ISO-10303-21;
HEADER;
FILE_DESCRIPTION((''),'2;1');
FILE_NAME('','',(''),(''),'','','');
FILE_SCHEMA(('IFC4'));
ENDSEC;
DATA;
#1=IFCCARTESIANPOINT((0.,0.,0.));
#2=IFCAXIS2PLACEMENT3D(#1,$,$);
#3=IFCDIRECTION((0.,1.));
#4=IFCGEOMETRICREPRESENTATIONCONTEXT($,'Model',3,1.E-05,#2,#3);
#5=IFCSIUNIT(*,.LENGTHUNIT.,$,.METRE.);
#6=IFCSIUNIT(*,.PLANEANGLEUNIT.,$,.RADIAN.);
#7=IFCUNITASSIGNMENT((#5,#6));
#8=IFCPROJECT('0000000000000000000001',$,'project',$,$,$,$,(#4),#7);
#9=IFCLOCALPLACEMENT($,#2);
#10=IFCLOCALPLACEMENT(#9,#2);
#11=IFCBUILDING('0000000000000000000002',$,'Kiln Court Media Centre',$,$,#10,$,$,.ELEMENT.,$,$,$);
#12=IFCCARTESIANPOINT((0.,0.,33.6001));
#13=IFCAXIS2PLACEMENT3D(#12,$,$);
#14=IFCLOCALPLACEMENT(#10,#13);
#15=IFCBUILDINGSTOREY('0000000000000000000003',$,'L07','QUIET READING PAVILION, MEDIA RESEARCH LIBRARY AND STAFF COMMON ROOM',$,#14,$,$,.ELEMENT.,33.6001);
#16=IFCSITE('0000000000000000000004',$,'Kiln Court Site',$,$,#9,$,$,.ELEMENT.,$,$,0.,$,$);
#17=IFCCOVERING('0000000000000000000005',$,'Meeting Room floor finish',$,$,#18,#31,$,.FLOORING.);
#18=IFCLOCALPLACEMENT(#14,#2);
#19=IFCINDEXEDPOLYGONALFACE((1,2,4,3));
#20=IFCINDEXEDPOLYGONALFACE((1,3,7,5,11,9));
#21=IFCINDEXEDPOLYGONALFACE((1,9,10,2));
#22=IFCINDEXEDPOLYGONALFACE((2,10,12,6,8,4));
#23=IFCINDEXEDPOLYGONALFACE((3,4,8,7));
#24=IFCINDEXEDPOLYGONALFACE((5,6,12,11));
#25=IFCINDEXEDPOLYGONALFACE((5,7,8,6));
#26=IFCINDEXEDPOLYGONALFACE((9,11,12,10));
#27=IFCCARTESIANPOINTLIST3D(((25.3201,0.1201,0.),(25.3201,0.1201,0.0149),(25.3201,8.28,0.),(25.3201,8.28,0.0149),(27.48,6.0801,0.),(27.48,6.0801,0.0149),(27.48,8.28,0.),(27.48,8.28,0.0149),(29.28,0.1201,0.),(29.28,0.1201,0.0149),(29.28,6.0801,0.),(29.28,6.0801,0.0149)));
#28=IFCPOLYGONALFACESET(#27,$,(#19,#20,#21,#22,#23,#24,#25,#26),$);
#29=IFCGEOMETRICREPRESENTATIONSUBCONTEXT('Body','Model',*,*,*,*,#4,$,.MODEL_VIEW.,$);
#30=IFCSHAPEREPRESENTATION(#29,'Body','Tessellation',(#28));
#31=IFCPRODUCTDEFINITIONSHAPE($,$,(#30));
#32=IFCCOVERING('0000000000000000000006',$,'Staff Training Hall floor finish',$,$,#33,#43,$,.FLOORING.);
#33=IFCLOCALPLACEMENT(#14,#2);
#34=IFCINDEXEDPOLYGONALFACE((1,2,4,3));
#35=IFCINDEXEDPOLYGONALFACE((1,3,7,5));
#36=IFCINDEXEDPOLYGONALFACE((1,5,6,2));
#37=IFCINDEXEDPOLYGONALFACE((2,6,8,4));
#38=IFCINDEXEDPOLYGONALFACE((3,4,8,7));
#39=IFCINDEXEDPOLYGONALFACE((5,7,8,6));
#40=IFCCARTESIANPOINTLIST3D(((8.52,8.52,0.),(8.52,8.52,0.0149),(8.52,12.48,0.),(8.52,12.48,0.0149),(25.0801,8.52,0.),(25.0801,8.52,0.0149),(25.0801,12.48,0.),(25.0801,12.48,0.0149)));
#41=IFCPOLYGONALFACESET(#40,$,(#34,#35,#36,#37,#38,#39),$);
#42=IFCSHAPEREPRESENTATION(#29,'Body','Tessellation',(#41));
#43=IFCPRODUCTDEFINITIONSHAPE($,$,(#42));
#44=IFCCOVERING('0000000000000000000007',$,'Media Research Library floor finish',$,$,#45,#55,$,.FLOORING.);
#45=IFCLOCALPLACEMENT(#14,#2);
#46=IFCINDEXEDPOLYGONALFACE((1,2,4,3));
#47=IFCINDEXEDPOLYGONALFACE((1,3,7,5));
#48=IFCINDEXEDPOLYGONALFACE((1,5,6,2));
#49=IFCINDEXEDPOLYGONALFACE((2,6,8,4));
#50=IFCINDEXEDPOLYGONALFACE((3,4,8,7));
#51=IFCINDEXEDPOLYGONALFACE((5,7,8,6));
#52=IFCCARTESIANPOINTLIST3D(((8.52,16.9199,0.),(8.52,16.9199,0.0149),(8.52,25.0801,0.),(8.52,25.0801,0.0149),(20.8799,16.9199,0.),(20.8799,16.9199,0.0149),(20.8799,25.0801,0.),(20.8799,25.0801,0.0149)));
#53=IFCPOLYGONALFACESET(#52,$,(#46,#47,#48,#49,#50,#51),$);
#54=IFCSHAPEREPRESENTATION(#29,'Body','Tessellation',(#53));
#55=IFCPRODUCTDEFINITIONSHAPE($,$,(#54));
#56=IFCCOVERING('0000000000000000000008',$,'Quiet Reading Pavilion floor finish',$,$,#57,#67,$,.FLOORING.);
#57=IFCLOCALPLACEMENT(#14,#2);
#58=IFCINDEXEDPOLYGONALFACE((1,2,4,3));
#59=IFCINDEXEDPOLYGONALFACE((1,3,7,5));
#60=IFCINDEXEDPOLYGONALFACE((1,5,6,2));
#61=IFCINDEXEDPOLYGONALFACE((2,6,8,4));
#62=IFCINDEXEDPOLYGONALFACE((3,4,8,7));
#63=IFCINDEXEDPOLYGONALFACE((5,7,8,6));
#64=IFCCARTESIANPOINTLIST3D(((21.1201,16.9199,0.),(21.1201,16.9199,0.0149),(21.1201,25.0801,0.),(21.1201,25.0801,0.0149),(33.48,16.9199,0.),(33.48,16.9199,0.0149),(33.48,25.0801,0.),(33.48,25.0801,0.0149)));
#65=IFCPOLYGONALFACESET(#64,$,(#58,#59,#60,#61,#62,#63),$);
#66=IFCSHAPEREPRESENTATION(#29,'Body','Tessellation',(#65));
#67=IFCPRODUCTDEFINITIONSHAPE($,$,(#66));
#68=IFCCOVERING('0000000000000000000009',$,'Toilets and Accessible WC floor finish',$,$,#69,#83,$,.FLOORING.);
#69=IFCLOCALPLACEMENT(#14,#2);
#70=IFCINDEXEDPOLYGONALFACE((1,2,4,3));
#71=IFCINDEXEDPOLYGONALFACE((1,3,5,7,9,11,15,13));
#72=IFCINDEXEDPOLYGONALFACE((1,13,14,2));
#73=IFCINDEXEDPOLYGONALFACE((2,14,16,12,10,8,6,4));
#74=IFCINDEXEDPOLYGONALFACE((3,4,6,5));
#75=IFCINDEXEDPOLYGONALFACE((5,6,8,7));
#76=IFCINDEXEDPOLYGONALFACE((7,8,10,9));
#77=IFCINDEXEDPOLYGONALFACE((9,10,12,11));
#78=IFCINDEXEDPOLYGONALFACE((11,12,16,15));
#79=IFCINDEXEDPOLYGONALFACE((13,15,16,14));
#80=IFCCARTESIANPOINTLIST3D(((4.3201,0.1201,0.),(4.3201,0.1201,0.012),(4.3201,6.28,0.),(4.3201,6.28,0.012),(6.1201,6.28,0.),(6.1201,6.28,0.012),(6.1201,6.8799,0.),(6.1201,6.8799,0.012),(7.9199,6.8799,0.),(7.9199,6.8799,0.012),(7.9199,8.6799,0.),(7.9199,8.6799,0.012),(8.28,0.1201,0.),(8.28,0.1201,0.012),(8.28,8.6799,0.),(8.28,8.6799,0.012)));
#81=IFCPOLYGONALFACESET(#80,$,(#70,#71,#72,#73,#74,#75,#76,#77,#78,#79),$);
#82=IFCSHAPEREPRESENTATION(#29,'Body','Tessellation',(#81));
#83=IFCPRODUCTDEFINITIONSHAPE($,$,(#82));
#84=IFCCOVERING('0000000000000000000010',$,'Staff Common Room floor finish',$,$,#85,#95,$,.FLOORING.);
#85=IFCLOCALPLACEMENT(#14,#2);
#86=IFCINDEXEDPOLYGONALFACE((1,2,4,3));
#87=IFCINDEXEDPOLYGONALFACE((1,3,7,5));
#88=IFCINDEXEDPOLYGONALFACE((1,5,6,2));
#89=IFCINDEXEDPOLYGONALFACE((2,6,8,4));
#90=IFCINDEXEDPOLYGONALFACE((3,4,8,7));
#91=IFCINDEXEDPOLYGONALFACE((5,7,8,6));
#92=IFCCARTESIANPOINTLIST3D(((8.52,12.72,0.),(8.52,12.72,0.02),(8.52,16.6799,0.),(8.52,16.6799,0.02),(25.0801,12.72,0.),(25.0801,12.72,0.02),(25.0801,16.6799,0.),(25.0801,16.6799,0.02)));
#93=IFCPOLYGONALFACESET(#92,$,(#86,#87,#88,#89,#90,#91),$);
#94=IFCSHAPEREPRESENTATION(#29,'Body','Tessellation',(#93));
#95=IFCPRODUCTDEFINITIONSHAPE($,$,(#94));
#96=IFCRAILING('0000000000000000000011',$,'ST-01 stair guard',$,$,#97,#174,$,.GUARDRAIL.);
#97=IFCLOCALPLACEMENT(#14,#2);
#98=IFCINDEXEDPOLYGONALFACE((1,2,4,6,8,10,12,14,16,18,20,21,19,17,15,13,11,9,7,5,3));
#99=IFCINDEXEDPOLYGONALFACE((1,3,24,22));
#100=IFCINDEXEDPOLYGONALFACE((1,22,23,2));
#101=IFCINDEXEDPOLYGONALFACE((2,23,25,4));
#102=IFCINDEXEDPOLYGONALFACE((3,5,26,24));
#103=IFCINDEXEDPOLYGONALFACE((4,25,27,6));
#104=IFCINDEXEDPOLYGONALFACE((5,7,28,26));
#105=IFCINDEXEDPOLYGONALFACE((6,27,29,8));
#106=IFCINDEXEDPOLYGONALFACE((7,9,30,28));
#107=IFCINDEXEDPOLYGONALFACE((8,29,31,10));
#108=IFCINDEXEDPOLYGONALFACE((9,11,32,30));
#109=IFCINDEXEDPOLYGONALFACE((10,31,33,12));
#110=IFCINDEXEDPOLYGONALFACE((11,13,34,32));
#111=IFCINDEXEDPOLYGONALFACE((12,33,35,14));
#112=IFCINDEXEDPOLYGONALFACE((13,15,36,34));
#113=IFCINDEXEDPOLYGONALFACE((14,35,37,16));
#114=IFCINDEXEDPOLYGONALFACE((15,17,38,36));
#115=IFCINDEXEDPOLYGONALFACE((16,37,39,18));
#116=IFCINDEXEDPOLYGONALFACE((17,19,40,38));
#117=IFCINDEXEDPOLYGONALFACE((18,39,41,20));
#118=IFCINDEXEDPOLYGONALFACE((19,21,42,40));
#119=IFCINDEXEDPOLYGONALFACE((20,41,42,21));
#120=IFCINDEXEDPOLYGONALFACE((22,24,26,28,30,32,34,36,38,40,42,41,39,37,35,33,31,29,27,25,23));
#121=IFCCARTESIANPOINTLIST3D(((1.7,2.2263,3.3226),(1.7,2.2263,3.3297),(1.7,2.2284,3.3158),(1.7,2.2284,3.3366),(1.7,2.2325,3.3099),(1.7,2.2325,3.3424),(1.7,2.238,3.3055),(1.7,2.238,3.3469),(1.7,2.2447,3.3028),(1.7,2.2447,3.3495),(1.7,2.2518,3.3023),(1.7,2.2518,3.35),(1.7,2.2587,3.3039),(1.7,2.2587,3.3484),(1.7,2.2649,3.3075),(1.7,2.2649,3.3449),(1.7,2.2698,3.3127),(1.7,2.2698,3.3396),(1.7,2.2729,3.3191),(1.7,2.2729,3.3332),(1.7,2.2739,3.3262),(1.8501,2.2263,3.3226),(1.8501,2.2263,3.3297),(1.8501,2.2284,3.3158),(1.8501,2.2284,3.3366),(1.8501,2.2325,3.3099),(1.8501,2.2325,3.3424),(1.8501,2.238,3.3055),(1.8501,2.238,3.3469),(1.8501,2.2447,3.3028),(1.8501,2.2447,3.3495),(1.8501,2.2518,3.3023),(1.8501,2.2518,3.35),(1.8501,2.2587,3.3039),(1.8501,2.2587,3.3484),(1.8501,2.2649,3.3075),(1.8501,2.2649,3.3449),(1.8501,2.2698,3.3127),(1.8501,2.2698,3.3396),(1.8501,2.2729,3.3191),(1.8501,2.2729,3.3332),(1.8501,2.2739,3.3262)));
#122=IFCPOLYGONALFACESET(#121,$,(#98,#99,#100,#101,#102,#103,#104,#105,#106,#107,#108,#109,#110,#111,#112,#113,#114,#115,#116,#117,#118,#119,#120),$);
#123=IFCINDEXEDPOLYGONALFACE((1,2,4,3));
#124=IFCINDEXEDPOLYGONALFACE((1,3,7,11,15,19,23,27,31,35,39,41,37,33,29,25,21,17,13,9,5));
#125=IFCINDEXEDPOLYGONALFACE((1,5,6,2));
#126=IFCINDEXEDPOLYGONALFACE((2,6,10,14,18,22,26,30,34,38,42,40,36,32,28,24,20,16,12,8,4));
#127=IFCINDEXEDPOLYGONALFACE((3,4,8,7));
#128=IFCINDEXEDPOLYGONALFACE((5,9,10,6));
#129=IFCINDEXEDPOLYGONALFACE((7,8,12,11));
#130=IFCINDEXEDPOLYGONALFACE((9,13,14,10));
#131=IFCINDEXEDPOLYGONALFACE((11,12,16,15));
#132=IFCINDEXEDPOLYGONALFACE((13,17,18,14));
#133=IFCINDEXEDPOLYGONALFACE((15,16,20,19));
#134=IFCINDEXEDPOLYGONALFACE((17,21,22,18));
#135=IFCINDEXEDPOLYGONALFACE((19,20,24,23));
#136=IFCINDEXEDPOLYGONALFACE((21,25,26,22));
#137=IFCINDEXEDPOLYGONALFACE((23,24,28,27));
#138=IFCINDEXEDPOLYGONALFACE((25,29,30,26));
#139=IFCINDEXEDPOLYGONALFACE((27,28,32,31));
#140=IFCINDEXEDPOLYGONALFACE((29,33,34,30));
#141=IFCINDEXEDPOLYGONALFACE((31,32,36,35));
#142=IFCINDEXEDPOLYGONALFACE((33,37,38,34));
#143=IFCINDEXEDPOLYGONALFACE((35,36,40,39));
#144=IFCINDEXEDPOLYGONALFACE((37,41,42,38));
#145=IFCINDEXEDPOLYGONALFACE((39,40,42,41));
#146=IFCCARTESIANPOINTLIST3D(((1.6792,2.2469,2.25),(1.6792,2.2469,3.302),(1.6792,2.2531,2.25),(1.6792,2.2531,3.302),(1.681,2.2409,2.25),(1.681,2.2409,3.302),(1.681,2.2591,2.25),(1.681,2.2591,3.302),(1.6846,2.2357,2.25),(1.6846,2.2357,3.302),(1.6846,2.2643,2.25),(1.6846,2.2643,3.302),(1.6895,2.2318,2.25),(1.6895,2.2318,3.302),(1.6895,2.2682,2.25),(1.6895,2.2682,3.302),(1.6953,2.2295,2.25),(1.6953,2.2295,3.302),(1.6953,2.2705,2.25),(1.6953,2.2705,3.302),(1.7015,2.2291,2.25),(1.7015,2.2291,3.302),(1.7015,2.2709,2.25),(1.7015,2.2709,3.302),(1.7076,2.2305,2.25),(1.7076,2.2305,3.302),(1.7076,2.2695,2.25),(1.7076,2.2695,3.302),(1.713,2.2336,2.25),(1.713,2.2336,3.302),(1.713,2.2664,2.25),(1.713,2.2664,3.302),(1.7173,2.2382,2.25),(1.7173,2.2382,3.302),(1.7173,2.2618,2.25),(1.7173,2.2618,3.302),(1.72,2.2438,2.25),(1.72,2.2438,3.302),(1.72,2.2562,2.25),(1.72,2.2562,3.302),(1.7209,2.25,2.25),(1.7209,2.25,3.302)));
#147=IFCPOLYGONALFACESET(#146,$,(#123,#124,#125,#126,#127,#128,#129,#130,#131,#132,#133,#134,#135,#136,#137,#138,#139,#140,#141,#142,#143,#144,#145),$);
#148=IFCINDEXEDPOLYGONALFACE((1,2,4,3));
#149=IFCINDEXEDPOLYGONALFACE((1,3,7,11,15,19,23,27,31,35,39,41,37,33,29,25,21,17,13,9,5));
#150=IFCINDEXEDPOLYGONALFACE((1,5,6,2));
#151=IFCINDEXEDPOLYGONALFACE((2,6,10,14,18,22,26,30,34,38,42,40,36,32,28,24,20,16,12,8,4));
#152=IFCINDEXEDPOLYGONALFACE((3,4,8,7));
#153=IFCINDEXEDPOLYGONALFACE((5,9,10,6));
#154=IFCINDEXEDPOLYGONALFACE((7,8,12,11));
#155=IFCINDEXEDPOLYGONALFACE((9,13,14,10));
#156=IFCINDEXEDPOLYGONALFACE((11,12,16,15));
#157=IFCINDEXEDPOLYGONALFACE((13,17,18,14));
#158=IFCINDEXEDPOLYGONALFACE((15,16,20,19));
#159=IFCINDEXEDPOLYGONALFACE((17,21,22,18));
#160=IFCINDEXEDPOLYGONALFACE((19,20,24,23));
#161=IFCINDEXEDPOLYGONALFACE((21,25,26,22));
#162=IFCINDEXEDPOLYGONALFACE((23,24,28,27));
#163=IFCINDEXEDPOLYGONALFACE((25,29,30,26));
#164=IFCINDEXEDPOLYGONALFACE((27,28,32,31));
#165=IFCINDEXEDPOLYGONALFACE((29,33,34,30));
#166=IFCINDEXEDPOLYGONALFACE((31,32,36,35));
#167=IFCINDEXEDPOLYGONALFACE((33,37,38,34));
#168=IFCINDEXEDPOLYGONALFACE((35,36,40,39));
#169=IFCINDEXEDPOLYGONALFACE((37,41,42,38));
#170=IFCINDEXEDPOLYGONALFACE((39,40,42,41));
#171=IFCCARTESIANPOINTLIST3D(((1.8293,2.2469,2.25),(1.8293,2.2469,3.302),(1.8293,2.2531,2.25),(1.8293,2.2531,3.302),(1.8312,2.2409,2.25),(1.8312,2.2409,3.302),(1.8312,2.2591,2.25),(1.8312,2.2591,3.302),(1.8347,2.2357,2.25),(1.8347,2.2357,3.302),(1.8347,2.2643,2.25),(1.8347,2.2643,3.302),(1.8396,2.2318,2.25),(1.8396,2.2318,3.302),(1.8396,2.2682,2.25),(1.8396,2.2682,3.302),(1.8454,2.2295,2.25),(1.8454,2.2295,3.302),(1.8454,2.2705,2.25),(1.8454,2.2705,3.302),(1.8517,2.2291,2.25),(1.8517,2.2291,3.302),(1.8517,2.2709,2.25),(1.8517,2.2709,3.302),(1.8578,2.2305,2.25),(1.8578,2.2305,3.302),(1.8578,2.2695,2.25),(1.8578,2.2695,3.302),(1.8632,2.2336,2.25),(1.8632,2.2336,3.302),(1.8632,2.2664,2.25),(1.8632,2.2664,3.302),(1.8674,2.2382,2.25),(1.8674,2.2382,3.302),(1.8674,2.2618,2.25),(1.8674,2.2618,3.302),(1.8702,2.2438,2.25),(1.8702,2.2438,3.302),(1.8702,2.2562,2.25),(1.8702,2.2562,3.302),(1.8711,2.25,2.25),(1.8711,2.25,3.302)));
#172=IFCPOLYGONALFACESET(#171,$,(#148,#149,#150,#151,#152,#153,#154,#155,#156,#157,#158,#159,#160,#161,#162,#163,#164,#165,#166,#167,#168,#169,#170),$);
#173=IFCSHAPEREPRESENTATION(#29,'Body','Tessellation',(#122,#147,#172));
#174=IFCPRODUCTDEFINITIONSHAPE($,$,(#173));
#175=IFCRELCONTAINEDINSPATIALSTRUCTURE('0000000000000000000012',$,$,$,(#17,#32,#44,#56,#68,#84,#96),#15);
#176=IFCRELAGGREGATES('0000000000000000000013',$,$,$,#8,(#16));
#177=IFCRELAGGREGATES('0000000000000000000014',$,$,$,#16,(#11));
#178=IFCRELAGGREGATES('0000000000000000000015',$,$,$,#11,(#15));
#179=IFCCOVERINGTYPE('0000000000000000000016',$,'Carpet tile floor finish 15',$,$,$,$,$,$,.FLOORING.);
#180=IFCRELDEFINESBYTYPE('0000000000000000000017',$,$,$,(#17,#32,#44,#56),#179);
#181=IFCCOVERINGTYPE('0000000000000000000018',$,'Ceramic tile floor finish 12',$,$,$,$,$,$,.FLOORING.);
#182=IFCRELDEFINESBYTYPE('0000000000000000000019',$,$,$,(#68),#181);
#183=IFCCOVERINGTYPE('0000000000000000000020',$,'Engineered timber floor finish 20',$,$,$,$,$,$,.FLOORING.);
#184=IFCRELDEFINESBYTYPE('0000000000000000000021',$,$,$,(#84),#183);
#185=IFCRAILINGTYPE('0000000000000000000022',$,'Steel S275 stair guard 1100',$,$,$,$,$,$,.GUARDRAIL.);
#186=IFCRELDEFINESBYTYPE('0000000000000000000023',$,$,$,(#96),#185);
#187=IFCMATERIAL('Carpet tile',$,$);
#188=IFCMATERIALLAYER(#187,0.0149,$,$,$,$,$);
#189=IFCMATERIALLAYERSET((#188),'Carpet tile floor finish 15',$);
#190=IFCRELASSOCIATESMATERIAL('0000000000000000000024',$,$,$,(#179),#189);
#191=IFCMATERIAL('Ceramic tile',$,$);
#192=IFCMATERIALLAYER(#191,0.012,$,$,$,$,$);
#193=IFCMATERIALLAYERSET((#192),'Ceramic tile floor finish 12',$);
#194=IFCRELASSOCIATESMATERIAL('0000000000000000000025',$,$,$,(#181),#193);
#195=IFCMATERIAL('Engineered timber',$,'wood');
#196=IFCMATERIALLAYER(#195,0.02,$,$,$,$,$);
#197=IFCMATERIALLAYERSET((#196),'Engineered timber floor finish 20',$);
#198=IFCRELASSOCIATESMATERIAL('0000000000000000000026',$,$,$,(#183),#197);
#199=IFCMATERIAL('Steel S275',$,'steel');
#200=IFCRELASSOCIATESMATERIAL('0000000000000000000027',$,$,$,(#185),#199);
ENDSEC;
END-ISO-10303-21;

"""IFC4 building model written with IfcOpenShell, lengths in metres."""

from ifc_helpers import new_model, si_unit, direction, frame, origin, origin_2d, place, context, subcontext, project, spatial, polyline, circle, outline, extrude, material, layer, layer_set, type_object, element, save


model = new_model("IFC4")

# Units and contexts
model_context = context("Model", 3, precision=1e-05, world=origin(), true_north=direction((0.0, 1.0)))
body_context = subcontext(model_context, "Body", "Model", "MODEL_VIEW")
ifc_project = project(units=[si_unit("LENGTHUNIT", "METRE"), si_unit("PLANEANGLEUNIT", "RADIAN")], contexts=[model_context])

# Site, building, storey
site_placement = place(None, origin())
site = spatial("IfcSite", under=ifc_project, at=site_placement, Name="Kiln Court Site", CompositionType="ELEMENT", RefElevation=0.0)
building_placement = place(site_placement, origin())
building = spatial("IfcBuilding", under=site, at=building_placement, Name="Kiln Court Media Centre", CompositionType="ELEMENT")
storey_placement = place(building_placement, frame((0.0, 0.0, 33.6001)))
storey = spatial("IfcBuildingStorey", under=building, at=storey_placement, Name="L07", Description="QUIET READING PAVILION, MEDIA RESEARCH LIBRARY AND STAFF COMMON ROOM", CompositionType="ELEMENT", Elevation=33.6001)

# Coverings
ifc_material_1 = material(Name="Carpet tile")
ifc_layer_1 = layer(ifc_material_1, 0.0149)
ifc_layer_set_1 = layer_set([ifc_layer_1], Name="Carpet tile floor finish 15")
covering_type_1 = type_object("IfcCoveringType", Name="Carpet tile floor finish 15", PredefinedType="FLOORING", material=ifc_layer_set_1)
covering_1_placement = place(storey_placement, origin())
element("IfcCovering", 1, at=covering_1_placement, inside=storey, type_object=covering_type_1, Name="Meeting Room floor finish", PredefinedType="FLOORING", context=body_context, shape_type="SweptSolid", body=[
    extrude(outline(polyline([(29.28, 0.1201), (29.28, 6.0801), (27.48, 6.0801), (27.48, 8.28), (25.3201, 8.28), (25.3201, 0.1201), (29.28, 0.1201)])), origin(), (0.0, 0.0, 1.0), 0.0149),
])
covering_2_placement = place(storey_placement, origin())
element("IfcCovering", 2, at=covering_2_placement, inside=storey, type_object=covering_type_1, Name="Staff Training Hall floor finish", PredefinedType="FLOORING", context=body_context, shape_type="SweptSolid", body=[
    extrude(outline(polyline([(8.52, 8.52), (25.0801, 8.52), (25.0801, 12.48), (8.52, 12.48), (8.52, 8.52)])), origin(), (0.0, 0.0, 1.0), 0.0149),
])
covering_3_placement = place(storey_placement, origin())
element("IfcCovering", 3, at=covering_3_placement, inside=storey, type_object=covering_type_1, Name="Media Research Library floor finish", PredefinedType="FLOORING", context=body_context, shape_type="SweptSolid", body=[
    extrude(outline(polyline([(8.52, 16.9199), (20.8799, 16.9199), (20.8799, 25.0801), (8.52, 25.0801), (8.52, 16.9199)])), origin(), (0.0, 0.0, 1.0), 0.0149),
])
covering_4_placement = place(storey_placement, origin())
element("IfcCovering", 4, at=covering_4_placement, inside=storey, type_object=covering_type_1, Name="Quiet Reading Pavilion floor finish", PredefinedType="FLOORING", context=body_context, shape_type="SweptSolid", body=[
    extrude(outline(polyline([(21.1201, 16.9199), (33.48, 16.9199), (33.48, 25.0801), (21.1201, 25.0801), (21.1201, 16.9199)])), origin(), (0.0, 0.0, 1.0), 0.0149),
])
ifc_material_2 = material(Name="Ceramic tile")
ifc_layer_2 = layer(ifc_material_2, 0.012)
ifc_layer_set_2 = layer_set([ifc_layer_2], Name="Ceramic tile floor finish 12")
covering_type_2 = type_object("IfcCoveringType", Name="Ceramic tile floor finish 12", PredefinedType="FLOORING", material=ifc_layer_set_2)
covering_5_placement = place(storey_placement, origin())
element("IfcCovering", 5, at=covering_5_placement, inside=storey, type_object=covering_type_2, Name="Toilets and Accessible WC floor finish", PredefinedType="FLOORING", context=body_context, shape_type="SweptSolid", body=[
    extrude(outline(polyline([(8.28, 8.6799), (7.9199, 8.6799), (7.9199, 6.8799), (6.1201, 6.8799), (6.1201, 6.28), (4.3201, 6.28), (4.3201, 0.1201), (8.28, 0.1201), (8.28, 8.6799)])), origin(), (0.0, 0.0, 1.0), 0.012),
])
ifc_material_3 = material(Name="Engineered timber", Category="wood")
ifc_layer_3 = layer(ifc_material_3, 0.02)
ifc_layer_set_3 = layer_set([ifc_layer_3], Name="Engineered timber floor finish 20")
covering_type_3 = type_object("IfcCoveringType", Name="Engineered timber floor finish 20", PredefinedType="FLOORING", material=ifc_layer_set_3)
covering_6_placement = place(storey_placement, origin())
element("IfcCovering", 6, at=covering_6_placement, inside=storey, type_object=covering_type_3, Name="Staff Common Room floor finish", PredefinedType="FLOORING", context=body_context, shape_type="SweptSolid", body=[
    extrude(outline(polyline([(8.52, 12.72), (25.0801, 12.72), (25.0801, 16.6799), (8.52, 16.6799), (8.52, 12.72)])), origin(), (0.0, 0.0, 1.0), 0.02),
])

# Railing
ifc_material_4 = material(Name="Steel S275", Category="steel")
railing_type_1 = type_object("IfcRailingType", Name="Steel S275 stair guard 1100", PredefinedType="GUARDRAIL", material=ifc_material_4)
railing_1_placement = place(storey_placement, frame((1.7, 2.25, 2.25)))
element("IfcRailing", 7, at=railing_1_placement, inside=storey, type_object=railing_type_1, Name="ST-01 stair guard", PredefinedType="GUARDRAIL", context=body_context, shape_type="SweptSolid", body=[
    extrude(circle(Radius=0.0239, at=origin_2d()), frame((0.0, 0.0, 1.0762), z_axis=(1.0, 0.0, 0.0), x_axis=(0.0, 1.0, 0.0)), (0.0, 0.0, 1.0), 0.1501),
    extrude(circle(Radius=0.021, at=origin_2d()), origin(), (0.0, 0.0, 1.0), 1.052),
    extrude(circle(Radius=0.021, at=origin_2d()), frame((0.1501, 0.0, 0.0)), (0.0, 0.0, 1.0), 1.052),
])

save(model, "model.ifc")
